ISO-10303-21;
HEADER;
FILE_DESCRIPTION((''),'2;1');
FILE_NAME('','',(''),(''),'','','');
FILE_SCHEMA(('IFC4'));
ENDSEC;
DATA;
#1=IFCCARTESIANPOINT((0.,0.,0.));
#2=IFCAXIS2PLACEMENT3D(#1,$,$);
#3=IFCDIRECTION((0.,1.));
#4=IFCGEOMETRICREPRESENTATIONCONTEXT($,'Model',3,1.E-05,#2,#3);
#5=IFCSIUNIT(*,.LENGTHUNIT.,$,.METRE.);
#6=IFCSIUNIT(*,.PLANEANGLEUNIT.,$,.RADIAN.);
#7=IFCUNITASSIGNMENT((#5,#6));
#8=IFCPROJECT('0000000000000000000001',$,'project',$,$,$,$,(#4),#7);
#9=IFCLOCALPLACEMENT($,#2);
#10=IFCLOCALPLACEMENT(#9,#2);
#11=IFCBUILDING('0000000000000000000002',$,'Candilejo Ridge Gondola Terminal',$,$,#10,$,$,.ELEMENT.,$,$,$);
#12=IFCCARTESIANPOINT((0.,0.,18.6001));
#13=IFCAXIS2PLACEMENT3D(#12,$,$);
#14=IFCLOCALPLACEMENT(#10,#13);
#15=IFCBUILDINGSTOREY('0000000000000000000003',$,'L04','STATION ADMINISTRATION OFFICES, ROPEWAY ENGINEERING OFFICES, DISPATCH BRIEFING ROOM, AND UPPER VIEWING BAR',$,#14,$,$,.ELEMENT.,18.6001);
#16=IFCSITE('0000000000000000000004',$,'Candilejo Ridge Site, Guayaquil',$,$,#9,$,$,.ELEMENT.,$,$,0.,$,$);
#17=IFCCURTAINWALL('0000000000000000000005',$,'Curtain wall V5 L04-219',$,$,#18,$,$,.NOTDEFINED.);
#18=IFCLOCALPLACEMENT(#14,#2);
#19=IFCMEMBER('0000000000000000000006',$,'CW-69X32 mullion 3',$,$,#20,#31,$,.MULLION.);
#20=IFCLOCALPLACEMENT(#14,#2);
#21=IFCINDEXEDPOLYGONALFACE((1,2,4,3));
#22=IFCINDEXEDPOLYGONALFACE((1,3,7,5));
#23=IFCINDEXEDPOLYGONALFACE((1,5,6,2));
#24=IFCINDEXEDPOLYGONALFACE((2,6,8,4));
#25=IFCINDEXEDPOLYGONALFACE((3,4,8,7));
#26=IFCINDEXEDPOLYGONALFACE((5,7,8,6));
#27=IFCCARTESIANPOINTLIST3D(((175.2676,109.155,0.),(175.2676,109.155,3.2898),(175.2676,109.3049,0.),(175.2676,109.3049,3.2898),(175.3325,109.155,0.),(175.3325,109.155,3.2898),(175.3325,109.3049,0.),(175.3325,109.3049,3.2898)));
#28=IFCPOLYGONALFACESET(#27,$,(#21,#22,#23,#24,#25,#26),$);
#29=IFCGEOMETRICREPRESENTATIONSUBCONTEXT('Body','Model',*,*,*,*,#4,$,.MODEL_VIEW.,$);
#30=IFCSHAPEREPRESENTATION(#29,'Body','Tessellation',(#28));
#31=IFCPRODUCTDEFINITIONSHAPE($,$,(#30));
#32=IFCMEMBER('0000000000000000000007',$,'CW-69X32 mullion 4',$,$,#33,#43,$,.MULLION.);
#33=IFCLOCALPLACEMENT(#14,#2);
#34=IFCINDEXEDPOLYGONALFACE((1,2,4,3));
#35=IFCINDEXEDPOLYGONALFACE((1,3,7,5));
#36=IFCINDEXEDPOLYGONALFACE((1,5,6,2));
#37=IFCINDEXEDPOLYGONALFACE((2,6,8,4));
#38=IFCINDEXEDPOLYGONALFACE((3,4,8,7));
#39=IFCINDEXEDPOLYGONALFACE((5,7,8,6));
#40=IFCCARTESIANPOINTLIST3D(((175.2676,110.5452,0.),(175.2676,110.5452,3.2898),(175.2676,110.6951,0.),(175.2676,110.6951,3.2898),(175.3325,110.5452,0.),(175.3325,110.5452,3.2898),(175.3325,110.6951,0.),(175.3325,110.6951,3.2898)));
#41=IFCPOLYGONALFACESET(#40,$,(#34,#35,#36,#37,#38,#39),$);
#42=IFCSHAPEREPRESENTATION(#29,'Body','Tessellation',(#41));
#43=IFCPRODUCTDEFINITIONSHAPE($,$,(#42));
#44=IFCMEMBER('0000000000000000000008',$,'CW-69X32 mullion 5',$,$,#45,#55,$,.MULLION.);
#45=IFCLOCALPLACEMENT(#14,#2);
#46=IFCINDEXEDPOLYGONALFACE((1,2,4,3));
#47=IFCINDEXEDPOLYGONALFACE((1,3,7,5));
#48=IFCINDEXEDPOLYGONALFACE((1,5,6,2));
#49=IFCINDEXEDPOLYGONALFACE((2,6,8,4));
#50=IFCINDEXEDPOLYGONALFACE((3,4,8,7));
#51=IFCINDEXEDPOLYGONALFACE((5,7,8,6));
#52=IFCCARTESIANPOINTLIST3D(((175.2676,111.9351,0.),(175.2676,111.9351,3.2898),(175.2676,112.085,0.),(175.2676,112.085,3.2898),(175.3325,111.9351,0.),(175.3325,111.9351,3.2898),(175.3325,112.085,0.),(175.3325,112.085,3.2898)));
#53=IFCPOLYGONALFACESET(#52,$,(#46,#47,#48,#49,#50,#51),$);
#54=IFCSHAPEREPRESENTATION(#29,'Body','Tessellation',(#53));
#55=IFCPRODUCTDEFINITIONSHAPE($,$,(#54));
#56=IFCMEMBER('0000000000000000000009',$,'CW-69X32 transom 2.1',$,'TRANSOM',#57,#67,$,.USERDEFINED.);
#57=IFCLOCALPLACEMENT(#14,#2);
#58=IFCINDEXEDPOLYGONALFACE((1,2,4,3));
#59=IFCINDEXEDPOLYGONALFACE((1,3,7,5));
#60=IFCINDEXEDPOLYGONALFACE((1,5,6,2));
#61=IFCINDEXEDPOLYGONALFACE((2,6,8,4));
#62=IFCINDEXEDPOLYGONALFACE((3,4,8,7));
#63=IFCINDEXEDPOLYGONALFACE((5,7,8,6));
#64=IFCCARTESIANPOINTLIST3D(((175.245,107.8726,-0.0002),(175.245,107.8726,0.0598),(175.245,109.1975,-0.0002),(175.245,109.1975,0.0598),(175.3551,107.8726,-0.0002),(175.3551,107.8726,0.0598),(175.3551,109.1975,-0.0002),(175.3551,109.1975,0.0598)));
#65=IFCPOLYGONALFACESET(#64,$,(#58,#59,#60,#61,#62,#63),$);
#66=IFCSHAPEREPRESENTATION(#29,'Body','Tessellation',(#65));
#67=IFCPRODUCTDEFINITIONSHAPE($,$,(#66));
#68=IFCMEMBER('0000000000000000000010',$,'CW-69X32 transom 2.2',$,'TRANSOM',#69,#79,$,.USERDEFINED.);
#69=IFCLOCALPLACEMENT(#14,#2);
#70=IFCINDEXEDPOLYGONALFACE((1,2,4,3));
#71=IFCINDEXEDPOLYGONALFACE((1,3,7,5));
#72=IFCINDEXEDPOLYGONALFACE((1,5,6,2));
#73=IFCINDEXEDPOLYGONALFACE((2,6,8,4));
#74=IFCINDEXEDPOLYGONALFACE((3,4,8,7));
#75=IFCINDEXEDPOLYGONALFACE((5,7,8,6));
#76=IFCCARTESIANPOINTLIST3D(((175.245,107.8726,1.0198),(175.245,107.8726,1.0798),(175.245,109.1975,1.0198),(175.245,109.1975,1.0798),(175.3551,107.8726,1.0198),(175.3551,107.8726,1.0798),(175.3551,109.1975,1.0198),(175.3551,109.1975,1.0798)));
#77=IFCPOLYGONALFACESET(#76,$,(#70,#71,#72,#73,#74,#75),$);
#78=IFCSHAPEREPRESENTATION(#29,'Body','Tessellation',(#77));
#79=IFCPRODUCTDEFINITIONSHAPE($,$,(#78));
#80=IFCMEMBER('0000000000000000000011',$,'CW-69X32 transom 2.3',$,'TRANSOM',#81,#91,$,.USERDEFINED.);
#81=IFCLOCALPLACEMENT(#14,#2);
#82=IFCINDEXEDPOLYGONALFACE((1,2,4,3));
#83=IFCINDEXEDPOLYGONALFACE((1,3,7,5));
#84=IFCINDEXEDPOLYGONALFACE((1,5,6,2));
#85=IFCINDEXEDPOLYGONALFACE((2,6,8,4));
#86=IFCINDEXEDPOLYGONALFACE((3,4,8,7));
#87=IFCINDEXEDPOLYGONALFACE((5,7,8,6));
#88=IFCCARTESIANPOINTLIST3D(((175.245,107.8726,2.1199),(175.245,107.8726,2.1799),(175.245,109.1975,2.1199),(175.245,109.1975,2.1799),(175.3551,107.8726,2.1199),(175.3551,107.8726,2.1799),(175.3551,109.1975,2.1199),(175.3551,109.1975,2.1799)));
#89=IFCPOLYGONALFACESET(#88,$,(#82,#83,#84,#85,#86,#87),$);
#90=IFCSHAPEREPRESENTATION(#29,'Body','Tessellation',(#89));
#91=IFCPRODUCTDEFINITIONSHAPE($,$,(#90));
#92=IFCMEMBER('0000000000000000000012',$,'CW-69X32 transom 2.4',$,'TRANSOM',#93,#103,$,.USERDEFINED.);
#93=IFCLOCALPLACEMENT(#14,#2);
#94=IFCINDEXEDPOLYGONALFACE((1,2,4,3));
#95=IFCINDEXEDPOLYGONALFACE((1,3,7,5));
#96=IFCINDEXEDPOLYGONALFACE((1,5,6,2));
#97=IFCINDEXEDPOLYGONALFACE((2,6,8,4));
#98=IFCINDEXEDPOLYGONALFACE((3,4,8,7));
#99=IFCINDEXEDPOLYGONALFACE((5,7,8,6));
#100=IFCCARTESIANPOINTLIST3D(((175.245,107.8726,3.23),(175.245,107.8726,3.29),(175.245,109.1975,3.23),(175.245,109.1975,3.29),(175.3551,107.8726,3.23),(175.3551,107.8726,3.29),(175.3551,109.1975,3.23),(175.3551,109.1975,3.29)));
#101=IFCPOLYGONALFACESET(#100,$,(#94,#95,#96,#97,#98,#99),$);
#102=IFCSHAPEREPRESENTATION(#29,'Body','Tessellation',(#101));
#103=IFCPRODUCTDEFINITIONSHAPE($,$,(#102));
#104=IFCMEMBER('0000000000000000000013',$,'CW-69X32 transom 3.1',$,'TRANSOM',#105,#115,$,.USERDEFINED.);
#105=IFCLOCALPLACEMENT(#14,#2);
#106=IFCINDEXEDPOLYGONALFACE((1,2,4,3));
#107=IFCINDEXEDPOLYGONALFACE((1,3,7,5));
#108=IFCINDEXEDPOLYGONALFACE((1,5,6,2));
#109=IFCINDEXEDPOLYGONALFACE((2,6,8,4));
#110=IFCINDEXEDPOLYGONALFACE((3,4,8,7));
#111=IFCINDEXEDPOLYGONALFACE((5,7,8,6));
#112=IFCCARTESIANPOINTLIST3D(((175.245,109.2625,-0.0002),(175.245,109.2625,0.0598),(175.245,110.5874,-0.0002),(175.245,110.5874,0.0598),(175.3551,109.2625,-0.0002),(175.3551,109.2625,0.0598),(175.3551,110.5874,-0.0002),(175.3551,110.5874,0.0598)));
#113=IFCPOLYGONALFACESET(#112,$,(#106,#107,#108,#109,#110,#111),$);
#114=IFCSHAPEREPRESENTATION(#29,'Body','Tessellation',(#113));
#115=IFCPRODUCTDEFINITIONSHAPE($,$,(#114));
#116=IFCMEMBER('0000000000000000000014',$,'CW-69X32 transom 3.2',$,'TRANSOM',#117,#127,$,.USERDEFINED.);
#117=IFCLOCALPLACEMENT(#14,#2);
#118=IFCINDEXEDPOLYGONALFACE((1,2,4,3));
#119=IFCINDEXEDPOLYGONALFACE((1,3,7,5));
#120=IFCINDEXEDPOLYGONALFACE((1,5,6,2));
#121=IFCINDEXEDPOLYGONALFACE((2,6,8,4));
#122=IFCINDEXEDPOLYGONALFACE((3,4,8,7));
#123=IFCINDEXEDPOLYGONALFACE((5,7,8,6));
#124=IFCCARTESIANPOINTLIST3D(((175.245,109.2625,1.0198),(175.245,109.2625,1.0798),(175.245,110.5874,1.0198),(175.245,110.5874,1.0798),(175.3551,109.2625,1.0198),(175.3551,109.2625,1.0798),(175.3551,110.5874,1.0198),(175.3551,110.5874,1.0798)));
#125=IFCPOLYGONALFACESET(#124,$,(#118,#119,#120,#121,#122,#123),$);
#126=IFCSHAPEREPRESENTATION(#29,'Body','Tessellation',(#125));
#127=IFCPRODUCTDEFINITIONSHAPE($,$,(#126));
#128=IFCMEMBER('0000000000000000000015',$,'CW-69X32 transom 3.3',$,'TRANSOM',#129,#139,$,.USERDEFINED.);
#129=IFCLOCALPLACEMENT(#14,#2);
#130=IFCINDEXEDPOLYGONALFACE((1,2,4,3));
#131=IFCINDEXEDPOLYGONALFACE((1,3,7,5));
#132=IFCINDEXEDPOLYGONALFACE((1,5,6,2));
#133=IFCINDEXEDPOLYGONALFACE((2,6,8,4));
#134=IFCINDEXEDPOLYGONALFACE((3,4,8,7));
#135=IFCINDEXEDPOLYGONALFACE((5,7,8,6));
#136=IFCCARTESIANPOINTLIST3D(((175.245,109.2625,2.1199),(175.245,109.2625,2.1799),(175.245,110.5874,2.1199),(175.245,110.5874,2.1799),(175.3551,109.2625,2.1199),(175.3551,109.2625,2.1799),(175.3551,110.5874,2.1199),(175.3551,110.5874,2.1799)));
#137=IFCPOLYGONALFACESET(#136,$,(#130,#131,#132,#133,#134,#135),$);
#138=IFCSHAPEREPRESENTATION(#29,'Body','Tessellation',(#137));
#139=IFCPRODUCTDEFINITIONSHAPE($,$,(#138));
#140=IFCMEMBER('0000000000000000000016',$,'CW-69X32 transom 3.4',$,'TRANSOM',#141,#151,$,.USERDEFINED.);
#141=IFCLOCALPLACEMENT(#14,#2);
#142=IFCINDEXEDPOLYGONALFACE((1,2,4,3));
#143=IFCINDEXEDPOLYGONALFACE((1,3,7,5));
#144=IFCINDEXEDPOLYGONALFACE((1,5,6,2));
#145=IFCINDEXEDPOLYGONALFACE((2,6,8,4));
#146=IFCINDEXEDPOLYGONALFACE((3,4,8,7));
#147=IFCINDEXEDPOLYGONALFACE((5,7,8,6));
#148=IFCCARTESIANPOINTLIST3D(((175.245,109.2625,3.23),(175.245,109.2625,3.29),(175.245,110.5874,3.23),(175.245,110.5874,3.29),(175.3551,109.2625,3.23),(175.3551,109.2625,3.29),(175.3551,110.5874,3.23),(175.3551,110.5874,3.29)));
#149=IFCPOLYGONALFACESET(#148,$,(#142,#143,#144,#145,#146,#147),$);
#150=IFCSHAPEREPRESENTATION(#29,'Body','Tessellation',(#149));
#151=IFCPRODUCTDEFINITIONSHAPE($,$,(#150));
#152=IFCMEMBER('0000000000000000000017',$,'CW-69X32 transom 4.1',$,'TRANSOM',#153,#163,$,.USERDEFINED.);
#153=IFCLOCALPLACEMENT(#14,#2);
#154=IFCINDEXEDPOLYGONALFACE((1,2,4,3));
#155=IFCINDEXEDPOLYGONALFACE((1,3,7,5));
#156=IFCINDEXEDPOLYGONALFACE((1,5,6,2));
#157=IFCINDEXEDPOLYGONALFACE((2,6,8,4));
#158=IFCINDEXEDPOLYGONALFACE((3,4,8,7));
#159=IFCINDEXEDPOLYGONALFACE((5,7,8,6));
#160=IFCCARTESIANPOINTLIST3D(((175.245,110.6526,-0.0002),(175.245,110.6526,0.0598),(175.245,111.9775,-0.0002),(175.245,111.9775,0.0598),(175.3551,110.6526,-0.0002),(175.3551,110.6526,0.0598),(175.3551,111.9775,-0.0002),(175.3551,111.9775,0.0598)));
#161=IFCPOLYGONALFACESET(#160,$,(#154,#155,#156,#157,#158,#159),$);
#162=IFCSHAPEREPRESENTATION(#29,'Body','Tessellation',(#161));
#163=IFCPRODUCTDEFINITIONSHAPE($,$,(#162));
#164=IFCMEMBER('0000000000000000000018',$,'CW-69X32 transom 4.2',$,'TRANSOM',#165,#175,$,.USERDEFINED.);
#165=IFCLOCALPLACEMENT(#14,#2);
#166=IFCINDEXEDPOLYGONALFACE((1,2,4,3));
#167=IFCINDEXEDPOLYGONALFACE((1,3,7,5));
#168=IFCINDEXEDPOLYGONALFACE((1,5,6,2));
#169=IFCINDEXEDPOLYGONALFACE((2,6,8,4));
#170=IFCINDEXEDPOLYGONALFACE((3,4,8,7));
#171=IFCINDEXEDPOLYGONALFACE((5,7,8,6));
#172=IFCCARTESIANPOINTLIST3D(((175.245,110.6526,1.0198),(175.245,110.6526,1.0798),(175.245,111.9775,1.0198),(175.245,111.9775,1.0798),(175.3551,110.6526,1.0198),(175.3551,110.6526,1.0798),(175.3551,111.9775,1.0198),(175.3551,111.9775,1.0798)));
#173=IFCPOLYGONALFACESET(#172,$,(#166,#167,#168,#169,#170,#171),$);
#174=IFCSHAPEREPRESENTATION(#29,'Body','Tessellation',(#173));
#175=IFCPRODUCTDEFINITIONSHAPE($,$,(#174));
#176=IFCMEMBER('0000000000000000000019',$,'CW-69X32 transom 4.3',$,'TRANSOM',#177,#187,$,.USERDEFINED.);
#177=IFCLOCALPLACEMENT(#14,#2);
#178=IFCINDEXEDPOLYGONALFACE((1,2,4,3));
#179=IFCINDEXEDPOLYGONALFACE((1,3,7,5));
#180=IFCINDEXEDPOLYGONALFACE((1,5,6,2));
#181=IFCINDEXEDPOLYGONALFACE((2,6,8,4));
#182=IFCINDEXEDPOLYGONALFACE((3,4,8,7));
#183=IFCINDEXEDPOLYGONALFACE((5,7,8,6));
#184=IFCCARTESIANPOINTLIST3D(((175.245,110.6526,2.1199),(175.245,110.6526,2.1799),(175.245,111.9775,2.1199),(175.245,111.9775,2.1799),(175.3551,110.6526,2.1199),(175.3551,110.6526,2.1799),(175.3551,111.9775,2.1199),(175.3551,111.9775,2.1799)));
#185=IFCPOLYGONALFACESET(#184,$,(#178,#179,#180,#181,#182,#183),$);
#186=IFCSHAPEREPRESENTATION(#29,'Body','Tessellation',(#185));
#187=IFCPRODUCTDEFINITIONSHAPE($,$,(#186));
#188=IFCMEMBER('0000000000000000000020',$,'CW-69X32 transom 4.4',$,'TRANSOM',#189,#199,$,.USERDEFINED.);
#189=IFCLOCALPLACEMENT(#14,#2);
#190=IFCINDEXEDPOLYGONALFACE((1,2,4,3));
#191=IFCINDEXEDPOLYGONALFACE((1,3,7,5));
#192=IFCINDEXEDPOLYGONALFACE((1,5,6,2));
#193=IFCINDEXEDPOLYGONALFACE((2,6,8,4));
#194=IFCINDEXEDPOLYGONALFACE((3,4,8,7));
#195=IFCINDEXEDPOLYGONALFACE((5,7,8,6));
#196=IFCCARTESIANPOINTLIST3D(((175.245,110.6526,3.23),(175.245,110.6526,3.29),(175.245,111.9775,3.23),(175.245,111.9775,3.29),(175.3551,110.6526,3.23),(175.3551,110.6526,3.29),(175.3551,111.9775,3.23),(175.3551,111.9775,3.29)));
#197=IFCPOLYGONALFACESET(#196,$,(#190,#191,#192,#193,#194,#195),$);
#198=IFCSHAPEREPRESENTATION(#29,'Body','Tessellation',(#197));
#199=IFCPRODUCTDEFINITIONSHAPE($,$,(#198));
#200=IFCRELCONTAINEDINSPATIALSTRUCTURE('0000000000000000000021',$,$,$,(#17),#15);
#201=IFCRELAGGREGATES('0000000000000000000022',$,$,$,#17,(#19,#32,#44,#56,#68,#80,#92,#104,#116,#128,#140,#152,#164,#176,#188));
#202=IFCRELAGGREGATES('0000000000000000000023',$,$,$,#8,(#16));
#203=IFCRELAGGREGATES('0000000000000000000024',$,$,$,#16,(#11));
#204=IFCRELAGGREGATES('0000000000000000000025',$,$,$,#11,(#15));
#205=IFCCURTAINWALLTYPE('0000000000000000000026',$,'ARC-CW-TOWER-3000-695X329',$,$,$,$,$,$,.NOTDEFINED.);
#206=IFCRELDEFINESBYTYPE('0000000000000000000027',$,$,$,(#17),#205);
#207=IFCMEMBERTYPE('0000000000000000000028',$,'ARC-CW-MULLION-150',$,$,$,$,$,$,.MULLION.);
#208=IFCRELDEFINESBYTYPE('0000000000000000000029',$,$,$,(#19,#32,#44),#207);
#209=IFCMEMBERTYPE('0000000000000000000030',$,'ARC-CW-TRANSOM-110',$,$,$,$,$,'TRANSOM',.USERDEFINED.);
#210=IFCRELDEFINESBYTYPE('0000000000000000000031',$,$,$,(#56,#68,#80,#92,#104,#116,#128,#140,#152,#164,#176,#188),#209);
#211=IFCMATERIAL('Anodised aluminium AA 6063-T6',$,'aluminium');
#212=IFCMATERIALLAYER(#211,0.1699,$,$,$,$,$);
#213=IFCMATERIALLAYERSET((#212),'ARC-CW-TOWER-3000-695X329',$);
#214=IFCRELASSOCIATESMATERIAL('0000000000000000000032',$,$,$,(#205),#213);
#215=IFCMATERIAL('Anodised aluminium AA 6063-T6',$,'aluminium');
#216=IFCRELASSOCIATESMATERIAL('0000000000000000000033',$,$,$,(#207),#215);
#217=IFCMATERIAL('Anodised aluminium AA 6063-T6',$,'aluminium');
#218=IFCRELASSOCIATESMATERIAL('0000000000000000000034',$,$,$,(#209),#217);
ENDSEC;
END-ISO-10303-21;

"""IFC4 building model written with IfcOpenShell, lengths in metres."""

from ifc_helpers import new_model, si_unit, direction, frame, origin, origin_2d, place, context, subcontext, project, spatial, rectangle, extrude, material, layer, layer_set, material_profile, profile_set, type_object, element, aggregate, save


model = new_model("IFC4")

# Units and contexts
model_context = context("Model", 3, precision=1e-05, world=origin(), true_north=direction((0.0, 1.0)))
body_context = subcontext(model_context, "Body", "Model", "MODEL_VIEW")
ifc_project = project(units=[si_unit("LENGTHUNIT", "METRE"), si_unit("PLANEANGLEUNIT", "RADIAN")], contexts=[model_context])

# Site, building, storey
site_placement = place(None, origin())
site = spatial("IfcSite", under=ifc_project, at=site_placement, Name="Candilejo Ridge Site, Guayaquil", CompositionType="ELEMENT", RefElevation=0.0)
building_placement = place(site_placement, origin())
building = spatial("IfcBuilding", under=site, at=building_placement, Name="Candilejo Ridge Gondola Terminal", CompositionType="ELEMENT")
storey_placement = place(building_placement, frame((0.0, 0.0, 18.6001)))
storey = spatial("IfcBuildingStorey", under=building, at=storey_placement, Name="L04", Description="STATION ADMINISTRATION OFFICES, ROPEWAY ENGINEERING OFFICES, DISPATCH BRIEFING ROOM, AND UPPER VIEWING BAR", CompositionType="ELEMENT", Elevation=18.6001)

# Curtain wall, members
ifc_material_1 = material(Name="Anodised aluminium AA 6063-T6", Category="aluminium")
ifc_layer_1 = layer(ifc_material_1, 0.1699)
ifc_layer_set_1 = layer_set([ifc_layer_1], Name="ARC-CW-TOWER-3000-695X329")
curtain_wall_type = type_object("IfcCurtainWallType", Name="ARC-CW-TOWER-3000-695X329", PredefinedType="NOTDEFINED", material=ifc_layer_set_1)
curtain_wall_placement = place(storey_placement, origin())
curtain_wall = element("IfcCurtainWall", 1, at=curtain_wall_placement, inside=storey, type_object=curtain_wall_type, Name="Curtain wall V5 L04-219", PredefinedType="NOTDEFINED")
ifc_material_2 = material(Name="Anodised aluminium AA 6063-T6", Category="aluminium")
ifc_material_profile_1 = material_profile(ifc_material_2, rectangle(XDim=0.0649, YDim=0.1499, at=origin_2d()))
ifc_profile_set_1 = profile_set([ifc_material_profile_1], Name="Anodised aluminium AA 6063-T6")
member_type_1 = type_object("IfcMemberType", Name="ARC-CW-MULLION-150", PredefinedType="MULLION", material=ifc_profile_set_1)
member_1_placement = place(storey_placement, frame((175.3, 109.23, 0.0), z_axis=(0.0, 0.0, 1.0), x_axis=(-1.0, 0.0, 0.0)))
member_1 = element("IfcMember", 2, at=member_1_placement, type_object=member_type_1, Name="CW-69X32 mullion 3", PredefinedType="MULLION", context=body_context, shape_type="SweptSolid", body=[
    extrude(rectangle(XDim=0.0649, YDim=0.1499, at=origin_2d()), origin(), (0.0, 0.0, 1.0), 3.2898),
])
member_2_placement = place(storey_placement, frame((175.3, 110.6201, 0.0), z_axis=(0.0, 0.0, 1.0), x_axis=(-1.0, 0.0, 0.0)))
member_2 = element("IfcMember", 3, at=member_2_placement, type_object=member_type_1, Name="CW-69X32 mullion 4", PredefinedType="MULLION", context=body_context, shape_type="SweptSolid", body=[
    extrude(rectangle(XDim=0.0649, YDim=0.1499, at=origin_2d()), origin(), (0.0, 0.0, 1.0), 3.2898),
])
member_3_placement = place(storey_placement, frame((175.3, 112.01, 0.0), z_axis=(0.0, 0.0, 1.0), x_axis=(-1.0, 0.0, 0.0)))
member_3 = element("IfcMember", 4, at=member_3_placement, type_object=member_type_1, Name="CW-69X32 mullion 5", PredefinedType="MULLION", context=body_context, shape_type="SweptSolid", body=[
    extrude(rectangle(XDim=0.0649, YDim=0.1499, at=origin_2d()), origin(), (0.0, 0.0, 1.0), 3.2898),
])
ifc_material_3 = material(Name="Anodised aluminium AA 6063-T6", Category="aluminium")
ifc_material_profile_2 = material_profile(ifc_material_3, rectangle(XDim=0.1101, YDim=0.0601, at=origin_2d()))
ifc_profile_set_2 = profile_set([ifc_material_profile_2], Name="Anodised aluminium AA 6063-T6")
member_type_2 = type_object("IfcMemberType", Name="ARC-CW-TRANSOM-110", ElementType="TRANSOM", PredefinedType="USERDEFINED", material=ifc_profile_set_2)
member_4_placement = place(storey_placement, frame((175.3, 107.8726, 0.0298), z_axis=(0.0, 1.0, 0.0), x_axis=(-1.0, 0.0, 0.0)))
member_4 = element("IfcMember", 5, at=member_4_placement, type_object=member_type_2, Name="CW-69X32 transom 2.1", ObjectType="TRANSOM", PredefinedType="USERDEFINED", context=body_context, shape_type="SweptSolid", body=[
    extrude(rectangle(XDim=0.1101, YDim=0.0601, at=origin_2d()), origin(), (0.0, 0.0, 1.0), 1.325),
])
member_5_placement = place(storey_placement, frame((175.3, 107.8726, 1.0498), z_axis=(0.0, 1.0, 0.0), x_axis=(-1.0, 0.0, 0.0)))
member_5 = element("IfcMember", 6, at=member_5_placement, type_object=member_type_2, Name="CW-69X32 transom 2.2", ObjectType="TRANSOM", PredefinedType="USERDEFINED", context=body_context, shape_type="SweptSolid", body=[
    extrude(rectangle(XDim=0.1101, YDim=0.0601, at=origin_2d()), origin(), (0.0, 0.0, 1.0), 1.325),
])
member_6_placement = place(storey_placement, frame((175.3, 107.8726, 2.1499), z_axis=(0.0, 1.0, 0.0), x_axis=(-1.0, 0.0, 0.0)))
member_6 = element("IfcMember", 7, at=member_6_placement, type_object=member_type_2, Name="CW-69X32 transom 2.3", ObjectType="TRANSOM", PredefinedType="USERDEFINED", context=body_context, shape_type="SweptSolid", body=[
    extrude(rectangle(XDim=0.1101, YDim=0.0601, at=origin_2d()), origin(), (0.0, 0.0, 1.0), 1.325),
])
member_7_placement = place(storey_placement, frame((175.3, 107.8726, 3.26), z_axis=(0.0, 1.0, 0.0), x_axis=(-1.0, 0.0, 0.0)))
member_7 = element("IfcMember", 8, at=member_7_placement, type_object=member_type_2, Name="CW-69X32 transom 2.4", ObjectType="TRANSOM", PredefinedType="USERDEFINED", context=body_context, shape_type="SweptSolid", body=[
    extrude(rectangle(XDim=0.1101, YDim=0.0601, at=origin_2d()), origin(), (0.0, 0.0, 1.0), 1.325),
])
member_8_placement = place(storey_placement, frame((175.3, 109.2625, 0.0298), z_axis=(0.0, 1.0, 0.0), x_axis=(-1.0, 0.0, 0.0)))
member_8 = element("IfcMember", 9, at=member_8_placement, type_object=member_type_2, Name="CW-69X32 transom 3.1", ObjectType="TRANSOM", PredefinedType="USERDEFINED", context=body_context, shape_type="SweptSolid", body=[
    extrude(rectangle(XDim=0.1101, YDim=0.0601, at=origin_2d()), origin(), (0.0, 0.0, 1.0), 1.325),
])
member_9_placement = place(storey_placement, frame((175.3, 109.2625, 1.0498), z_axis=(0.0, 1.0, 0.0), x_axis=(-1.0, 0.0, 0.0)))
member_9 = element("IfcMember", 10, at=member_9_placement, type_object=member_type_2, Name="CW-69X32 transom 3.2", ObjectType="TRANSOM", PredefinedType="USERDEFINED", context=body_context, shape_type="SweptSolid", body=[
    extrude(rectangle(XDim=0.1101, YDim=0.0601, at=origin_2d()), origin(), (0.0, 0.0, 1.0), 1.325),
])
member_10_placement = place(storey_placement, frame((175.3, 109.2625, 2.1499), z_axis=(0.0, 1.0, 0.0), x_axis=(-1.0, 0.0, 0.0)))
member_10 = element("IfcMember", 11, at=member_10_placement, type_object=member_type_2, Name="CW-69X32 transom 3.3", ObjectType="TRANSOM", PredefinedType="USERDEFINED", context=body_context, shape_type="SweptSolid", body=[
    extrude(rectangle(XDim=0.1101, YDim=0.0601, at=origin_2d()), origin(), (0.0, 0.0, 1.0), 1.325),
])
member_11_placement = place(storey_placement, frame((175.3, 109.2625, 3.26), z_axis=(0.0, 1.0, 0.0), x_axis=(-1.0, 0.0, 0.0)))
member_11 = element("IfcMember", 12, at=member_11_placement, type_object=member_type_2, Name="CW-69X32 transom 3.4", ObjectType="TRANSOM", PredefinedType="USERDEFINED", context=body_context, shape_type="SweptSolid", body=[
    extrude(rectangle(XDim=0.1101, YDim=0.0601, at=origin_2d()), origin(), (0.0, 0.0, 1.0), 1.325),
])
member_12_placement = place(storey_placement, frame((175.3, 110.6526, 0.0298), z_axis=(0.0, 1.0, 0.0), x_axis=(-1.0, 0.0, 0.0)))
member_12 = element("IfcMember", 13, at=member_12_placement, type_object=member_type_2, Name="CW-69X32 transom 4.1", ObjectType="TRANSOM", PredefinedType="USERDEFINED", context=body_context, shape_type="SweptSolid", body=[
    extrude(rectangle(XDim=0.1101, YDim=0.0601, at=origin_2d()), origin(), (0.0, 0.0, 1.0), 1.325),
])
member_13_placement = place(storey_placement, frame((175.3, 110.6526, 1.0498), z_axis=(0.0, 1.0, 0.0), x_axis=(-1.0, 0.0, 0.0)))
member_13 = element("IfcMember", 14, at=member_13_placement, type_object=member_type_2, Name="CW-69X32 transom 4.2", ObjectType="TRANSOM", PredefinedType="USERDEFINED", context=body_context, shape_type="SweptSolid", body=[
    extrude(rectangle(XDim=0.1101, YDim=0.0601, at=origin_2d()), origin(), (0.0, 0.0, 1.0), 1.325),
])
member_14_placement = place(storey_placement, frame((175.3, 110.6526, 2.1499), z_axis=(0.0, 1.0, 0.0), x_axis=(-1.0, 0.0, 0.0)))
member_14 = element("IfcMember", 15, at=member_14_placement, type_object=member_type_2, Name="CW-69X32 transom 4.3", ObjectType="TRANSOM", PredefinedType="USERDEFINED", context=body_context, shape_type="SweptSolid", body=[
    extrude(rectangle(XDim=0.1101, YDim=0.0601, at=origin_2d()), origin(), (0.0, 0.0, 1.0), 1.325),
])
member_15_placement = place(storey_placement, frame((175.3, 110.6526, 3.26), z_axis=(0.0, 1.0, 0.0), x_axis=(-1.0, 0.0, 0.0)))
member_15 = element("IfcMember", 16, at=member_15_placement, type_object=member_type_2, Name="CW-69X32 transom 4.4", ObjectType="TRANSOM", PredefinedType="USERDEFINED", context=body_context, shape_type="SweptSolid", body=[
    extrude(rectangle(XDim=0.1101, YDim=0.0601, at=origin_2d()), origin(), (0.0, 0.0, 1.0), 1.325),
])
aggregate(curtain_wall, [member_1, member_2, member_3, member_4, member_5, member_6, member_7, member_8, member_9, member_10, member_11, member_12, member_13, member_14, member_15])

save(model, "model.ifc")
